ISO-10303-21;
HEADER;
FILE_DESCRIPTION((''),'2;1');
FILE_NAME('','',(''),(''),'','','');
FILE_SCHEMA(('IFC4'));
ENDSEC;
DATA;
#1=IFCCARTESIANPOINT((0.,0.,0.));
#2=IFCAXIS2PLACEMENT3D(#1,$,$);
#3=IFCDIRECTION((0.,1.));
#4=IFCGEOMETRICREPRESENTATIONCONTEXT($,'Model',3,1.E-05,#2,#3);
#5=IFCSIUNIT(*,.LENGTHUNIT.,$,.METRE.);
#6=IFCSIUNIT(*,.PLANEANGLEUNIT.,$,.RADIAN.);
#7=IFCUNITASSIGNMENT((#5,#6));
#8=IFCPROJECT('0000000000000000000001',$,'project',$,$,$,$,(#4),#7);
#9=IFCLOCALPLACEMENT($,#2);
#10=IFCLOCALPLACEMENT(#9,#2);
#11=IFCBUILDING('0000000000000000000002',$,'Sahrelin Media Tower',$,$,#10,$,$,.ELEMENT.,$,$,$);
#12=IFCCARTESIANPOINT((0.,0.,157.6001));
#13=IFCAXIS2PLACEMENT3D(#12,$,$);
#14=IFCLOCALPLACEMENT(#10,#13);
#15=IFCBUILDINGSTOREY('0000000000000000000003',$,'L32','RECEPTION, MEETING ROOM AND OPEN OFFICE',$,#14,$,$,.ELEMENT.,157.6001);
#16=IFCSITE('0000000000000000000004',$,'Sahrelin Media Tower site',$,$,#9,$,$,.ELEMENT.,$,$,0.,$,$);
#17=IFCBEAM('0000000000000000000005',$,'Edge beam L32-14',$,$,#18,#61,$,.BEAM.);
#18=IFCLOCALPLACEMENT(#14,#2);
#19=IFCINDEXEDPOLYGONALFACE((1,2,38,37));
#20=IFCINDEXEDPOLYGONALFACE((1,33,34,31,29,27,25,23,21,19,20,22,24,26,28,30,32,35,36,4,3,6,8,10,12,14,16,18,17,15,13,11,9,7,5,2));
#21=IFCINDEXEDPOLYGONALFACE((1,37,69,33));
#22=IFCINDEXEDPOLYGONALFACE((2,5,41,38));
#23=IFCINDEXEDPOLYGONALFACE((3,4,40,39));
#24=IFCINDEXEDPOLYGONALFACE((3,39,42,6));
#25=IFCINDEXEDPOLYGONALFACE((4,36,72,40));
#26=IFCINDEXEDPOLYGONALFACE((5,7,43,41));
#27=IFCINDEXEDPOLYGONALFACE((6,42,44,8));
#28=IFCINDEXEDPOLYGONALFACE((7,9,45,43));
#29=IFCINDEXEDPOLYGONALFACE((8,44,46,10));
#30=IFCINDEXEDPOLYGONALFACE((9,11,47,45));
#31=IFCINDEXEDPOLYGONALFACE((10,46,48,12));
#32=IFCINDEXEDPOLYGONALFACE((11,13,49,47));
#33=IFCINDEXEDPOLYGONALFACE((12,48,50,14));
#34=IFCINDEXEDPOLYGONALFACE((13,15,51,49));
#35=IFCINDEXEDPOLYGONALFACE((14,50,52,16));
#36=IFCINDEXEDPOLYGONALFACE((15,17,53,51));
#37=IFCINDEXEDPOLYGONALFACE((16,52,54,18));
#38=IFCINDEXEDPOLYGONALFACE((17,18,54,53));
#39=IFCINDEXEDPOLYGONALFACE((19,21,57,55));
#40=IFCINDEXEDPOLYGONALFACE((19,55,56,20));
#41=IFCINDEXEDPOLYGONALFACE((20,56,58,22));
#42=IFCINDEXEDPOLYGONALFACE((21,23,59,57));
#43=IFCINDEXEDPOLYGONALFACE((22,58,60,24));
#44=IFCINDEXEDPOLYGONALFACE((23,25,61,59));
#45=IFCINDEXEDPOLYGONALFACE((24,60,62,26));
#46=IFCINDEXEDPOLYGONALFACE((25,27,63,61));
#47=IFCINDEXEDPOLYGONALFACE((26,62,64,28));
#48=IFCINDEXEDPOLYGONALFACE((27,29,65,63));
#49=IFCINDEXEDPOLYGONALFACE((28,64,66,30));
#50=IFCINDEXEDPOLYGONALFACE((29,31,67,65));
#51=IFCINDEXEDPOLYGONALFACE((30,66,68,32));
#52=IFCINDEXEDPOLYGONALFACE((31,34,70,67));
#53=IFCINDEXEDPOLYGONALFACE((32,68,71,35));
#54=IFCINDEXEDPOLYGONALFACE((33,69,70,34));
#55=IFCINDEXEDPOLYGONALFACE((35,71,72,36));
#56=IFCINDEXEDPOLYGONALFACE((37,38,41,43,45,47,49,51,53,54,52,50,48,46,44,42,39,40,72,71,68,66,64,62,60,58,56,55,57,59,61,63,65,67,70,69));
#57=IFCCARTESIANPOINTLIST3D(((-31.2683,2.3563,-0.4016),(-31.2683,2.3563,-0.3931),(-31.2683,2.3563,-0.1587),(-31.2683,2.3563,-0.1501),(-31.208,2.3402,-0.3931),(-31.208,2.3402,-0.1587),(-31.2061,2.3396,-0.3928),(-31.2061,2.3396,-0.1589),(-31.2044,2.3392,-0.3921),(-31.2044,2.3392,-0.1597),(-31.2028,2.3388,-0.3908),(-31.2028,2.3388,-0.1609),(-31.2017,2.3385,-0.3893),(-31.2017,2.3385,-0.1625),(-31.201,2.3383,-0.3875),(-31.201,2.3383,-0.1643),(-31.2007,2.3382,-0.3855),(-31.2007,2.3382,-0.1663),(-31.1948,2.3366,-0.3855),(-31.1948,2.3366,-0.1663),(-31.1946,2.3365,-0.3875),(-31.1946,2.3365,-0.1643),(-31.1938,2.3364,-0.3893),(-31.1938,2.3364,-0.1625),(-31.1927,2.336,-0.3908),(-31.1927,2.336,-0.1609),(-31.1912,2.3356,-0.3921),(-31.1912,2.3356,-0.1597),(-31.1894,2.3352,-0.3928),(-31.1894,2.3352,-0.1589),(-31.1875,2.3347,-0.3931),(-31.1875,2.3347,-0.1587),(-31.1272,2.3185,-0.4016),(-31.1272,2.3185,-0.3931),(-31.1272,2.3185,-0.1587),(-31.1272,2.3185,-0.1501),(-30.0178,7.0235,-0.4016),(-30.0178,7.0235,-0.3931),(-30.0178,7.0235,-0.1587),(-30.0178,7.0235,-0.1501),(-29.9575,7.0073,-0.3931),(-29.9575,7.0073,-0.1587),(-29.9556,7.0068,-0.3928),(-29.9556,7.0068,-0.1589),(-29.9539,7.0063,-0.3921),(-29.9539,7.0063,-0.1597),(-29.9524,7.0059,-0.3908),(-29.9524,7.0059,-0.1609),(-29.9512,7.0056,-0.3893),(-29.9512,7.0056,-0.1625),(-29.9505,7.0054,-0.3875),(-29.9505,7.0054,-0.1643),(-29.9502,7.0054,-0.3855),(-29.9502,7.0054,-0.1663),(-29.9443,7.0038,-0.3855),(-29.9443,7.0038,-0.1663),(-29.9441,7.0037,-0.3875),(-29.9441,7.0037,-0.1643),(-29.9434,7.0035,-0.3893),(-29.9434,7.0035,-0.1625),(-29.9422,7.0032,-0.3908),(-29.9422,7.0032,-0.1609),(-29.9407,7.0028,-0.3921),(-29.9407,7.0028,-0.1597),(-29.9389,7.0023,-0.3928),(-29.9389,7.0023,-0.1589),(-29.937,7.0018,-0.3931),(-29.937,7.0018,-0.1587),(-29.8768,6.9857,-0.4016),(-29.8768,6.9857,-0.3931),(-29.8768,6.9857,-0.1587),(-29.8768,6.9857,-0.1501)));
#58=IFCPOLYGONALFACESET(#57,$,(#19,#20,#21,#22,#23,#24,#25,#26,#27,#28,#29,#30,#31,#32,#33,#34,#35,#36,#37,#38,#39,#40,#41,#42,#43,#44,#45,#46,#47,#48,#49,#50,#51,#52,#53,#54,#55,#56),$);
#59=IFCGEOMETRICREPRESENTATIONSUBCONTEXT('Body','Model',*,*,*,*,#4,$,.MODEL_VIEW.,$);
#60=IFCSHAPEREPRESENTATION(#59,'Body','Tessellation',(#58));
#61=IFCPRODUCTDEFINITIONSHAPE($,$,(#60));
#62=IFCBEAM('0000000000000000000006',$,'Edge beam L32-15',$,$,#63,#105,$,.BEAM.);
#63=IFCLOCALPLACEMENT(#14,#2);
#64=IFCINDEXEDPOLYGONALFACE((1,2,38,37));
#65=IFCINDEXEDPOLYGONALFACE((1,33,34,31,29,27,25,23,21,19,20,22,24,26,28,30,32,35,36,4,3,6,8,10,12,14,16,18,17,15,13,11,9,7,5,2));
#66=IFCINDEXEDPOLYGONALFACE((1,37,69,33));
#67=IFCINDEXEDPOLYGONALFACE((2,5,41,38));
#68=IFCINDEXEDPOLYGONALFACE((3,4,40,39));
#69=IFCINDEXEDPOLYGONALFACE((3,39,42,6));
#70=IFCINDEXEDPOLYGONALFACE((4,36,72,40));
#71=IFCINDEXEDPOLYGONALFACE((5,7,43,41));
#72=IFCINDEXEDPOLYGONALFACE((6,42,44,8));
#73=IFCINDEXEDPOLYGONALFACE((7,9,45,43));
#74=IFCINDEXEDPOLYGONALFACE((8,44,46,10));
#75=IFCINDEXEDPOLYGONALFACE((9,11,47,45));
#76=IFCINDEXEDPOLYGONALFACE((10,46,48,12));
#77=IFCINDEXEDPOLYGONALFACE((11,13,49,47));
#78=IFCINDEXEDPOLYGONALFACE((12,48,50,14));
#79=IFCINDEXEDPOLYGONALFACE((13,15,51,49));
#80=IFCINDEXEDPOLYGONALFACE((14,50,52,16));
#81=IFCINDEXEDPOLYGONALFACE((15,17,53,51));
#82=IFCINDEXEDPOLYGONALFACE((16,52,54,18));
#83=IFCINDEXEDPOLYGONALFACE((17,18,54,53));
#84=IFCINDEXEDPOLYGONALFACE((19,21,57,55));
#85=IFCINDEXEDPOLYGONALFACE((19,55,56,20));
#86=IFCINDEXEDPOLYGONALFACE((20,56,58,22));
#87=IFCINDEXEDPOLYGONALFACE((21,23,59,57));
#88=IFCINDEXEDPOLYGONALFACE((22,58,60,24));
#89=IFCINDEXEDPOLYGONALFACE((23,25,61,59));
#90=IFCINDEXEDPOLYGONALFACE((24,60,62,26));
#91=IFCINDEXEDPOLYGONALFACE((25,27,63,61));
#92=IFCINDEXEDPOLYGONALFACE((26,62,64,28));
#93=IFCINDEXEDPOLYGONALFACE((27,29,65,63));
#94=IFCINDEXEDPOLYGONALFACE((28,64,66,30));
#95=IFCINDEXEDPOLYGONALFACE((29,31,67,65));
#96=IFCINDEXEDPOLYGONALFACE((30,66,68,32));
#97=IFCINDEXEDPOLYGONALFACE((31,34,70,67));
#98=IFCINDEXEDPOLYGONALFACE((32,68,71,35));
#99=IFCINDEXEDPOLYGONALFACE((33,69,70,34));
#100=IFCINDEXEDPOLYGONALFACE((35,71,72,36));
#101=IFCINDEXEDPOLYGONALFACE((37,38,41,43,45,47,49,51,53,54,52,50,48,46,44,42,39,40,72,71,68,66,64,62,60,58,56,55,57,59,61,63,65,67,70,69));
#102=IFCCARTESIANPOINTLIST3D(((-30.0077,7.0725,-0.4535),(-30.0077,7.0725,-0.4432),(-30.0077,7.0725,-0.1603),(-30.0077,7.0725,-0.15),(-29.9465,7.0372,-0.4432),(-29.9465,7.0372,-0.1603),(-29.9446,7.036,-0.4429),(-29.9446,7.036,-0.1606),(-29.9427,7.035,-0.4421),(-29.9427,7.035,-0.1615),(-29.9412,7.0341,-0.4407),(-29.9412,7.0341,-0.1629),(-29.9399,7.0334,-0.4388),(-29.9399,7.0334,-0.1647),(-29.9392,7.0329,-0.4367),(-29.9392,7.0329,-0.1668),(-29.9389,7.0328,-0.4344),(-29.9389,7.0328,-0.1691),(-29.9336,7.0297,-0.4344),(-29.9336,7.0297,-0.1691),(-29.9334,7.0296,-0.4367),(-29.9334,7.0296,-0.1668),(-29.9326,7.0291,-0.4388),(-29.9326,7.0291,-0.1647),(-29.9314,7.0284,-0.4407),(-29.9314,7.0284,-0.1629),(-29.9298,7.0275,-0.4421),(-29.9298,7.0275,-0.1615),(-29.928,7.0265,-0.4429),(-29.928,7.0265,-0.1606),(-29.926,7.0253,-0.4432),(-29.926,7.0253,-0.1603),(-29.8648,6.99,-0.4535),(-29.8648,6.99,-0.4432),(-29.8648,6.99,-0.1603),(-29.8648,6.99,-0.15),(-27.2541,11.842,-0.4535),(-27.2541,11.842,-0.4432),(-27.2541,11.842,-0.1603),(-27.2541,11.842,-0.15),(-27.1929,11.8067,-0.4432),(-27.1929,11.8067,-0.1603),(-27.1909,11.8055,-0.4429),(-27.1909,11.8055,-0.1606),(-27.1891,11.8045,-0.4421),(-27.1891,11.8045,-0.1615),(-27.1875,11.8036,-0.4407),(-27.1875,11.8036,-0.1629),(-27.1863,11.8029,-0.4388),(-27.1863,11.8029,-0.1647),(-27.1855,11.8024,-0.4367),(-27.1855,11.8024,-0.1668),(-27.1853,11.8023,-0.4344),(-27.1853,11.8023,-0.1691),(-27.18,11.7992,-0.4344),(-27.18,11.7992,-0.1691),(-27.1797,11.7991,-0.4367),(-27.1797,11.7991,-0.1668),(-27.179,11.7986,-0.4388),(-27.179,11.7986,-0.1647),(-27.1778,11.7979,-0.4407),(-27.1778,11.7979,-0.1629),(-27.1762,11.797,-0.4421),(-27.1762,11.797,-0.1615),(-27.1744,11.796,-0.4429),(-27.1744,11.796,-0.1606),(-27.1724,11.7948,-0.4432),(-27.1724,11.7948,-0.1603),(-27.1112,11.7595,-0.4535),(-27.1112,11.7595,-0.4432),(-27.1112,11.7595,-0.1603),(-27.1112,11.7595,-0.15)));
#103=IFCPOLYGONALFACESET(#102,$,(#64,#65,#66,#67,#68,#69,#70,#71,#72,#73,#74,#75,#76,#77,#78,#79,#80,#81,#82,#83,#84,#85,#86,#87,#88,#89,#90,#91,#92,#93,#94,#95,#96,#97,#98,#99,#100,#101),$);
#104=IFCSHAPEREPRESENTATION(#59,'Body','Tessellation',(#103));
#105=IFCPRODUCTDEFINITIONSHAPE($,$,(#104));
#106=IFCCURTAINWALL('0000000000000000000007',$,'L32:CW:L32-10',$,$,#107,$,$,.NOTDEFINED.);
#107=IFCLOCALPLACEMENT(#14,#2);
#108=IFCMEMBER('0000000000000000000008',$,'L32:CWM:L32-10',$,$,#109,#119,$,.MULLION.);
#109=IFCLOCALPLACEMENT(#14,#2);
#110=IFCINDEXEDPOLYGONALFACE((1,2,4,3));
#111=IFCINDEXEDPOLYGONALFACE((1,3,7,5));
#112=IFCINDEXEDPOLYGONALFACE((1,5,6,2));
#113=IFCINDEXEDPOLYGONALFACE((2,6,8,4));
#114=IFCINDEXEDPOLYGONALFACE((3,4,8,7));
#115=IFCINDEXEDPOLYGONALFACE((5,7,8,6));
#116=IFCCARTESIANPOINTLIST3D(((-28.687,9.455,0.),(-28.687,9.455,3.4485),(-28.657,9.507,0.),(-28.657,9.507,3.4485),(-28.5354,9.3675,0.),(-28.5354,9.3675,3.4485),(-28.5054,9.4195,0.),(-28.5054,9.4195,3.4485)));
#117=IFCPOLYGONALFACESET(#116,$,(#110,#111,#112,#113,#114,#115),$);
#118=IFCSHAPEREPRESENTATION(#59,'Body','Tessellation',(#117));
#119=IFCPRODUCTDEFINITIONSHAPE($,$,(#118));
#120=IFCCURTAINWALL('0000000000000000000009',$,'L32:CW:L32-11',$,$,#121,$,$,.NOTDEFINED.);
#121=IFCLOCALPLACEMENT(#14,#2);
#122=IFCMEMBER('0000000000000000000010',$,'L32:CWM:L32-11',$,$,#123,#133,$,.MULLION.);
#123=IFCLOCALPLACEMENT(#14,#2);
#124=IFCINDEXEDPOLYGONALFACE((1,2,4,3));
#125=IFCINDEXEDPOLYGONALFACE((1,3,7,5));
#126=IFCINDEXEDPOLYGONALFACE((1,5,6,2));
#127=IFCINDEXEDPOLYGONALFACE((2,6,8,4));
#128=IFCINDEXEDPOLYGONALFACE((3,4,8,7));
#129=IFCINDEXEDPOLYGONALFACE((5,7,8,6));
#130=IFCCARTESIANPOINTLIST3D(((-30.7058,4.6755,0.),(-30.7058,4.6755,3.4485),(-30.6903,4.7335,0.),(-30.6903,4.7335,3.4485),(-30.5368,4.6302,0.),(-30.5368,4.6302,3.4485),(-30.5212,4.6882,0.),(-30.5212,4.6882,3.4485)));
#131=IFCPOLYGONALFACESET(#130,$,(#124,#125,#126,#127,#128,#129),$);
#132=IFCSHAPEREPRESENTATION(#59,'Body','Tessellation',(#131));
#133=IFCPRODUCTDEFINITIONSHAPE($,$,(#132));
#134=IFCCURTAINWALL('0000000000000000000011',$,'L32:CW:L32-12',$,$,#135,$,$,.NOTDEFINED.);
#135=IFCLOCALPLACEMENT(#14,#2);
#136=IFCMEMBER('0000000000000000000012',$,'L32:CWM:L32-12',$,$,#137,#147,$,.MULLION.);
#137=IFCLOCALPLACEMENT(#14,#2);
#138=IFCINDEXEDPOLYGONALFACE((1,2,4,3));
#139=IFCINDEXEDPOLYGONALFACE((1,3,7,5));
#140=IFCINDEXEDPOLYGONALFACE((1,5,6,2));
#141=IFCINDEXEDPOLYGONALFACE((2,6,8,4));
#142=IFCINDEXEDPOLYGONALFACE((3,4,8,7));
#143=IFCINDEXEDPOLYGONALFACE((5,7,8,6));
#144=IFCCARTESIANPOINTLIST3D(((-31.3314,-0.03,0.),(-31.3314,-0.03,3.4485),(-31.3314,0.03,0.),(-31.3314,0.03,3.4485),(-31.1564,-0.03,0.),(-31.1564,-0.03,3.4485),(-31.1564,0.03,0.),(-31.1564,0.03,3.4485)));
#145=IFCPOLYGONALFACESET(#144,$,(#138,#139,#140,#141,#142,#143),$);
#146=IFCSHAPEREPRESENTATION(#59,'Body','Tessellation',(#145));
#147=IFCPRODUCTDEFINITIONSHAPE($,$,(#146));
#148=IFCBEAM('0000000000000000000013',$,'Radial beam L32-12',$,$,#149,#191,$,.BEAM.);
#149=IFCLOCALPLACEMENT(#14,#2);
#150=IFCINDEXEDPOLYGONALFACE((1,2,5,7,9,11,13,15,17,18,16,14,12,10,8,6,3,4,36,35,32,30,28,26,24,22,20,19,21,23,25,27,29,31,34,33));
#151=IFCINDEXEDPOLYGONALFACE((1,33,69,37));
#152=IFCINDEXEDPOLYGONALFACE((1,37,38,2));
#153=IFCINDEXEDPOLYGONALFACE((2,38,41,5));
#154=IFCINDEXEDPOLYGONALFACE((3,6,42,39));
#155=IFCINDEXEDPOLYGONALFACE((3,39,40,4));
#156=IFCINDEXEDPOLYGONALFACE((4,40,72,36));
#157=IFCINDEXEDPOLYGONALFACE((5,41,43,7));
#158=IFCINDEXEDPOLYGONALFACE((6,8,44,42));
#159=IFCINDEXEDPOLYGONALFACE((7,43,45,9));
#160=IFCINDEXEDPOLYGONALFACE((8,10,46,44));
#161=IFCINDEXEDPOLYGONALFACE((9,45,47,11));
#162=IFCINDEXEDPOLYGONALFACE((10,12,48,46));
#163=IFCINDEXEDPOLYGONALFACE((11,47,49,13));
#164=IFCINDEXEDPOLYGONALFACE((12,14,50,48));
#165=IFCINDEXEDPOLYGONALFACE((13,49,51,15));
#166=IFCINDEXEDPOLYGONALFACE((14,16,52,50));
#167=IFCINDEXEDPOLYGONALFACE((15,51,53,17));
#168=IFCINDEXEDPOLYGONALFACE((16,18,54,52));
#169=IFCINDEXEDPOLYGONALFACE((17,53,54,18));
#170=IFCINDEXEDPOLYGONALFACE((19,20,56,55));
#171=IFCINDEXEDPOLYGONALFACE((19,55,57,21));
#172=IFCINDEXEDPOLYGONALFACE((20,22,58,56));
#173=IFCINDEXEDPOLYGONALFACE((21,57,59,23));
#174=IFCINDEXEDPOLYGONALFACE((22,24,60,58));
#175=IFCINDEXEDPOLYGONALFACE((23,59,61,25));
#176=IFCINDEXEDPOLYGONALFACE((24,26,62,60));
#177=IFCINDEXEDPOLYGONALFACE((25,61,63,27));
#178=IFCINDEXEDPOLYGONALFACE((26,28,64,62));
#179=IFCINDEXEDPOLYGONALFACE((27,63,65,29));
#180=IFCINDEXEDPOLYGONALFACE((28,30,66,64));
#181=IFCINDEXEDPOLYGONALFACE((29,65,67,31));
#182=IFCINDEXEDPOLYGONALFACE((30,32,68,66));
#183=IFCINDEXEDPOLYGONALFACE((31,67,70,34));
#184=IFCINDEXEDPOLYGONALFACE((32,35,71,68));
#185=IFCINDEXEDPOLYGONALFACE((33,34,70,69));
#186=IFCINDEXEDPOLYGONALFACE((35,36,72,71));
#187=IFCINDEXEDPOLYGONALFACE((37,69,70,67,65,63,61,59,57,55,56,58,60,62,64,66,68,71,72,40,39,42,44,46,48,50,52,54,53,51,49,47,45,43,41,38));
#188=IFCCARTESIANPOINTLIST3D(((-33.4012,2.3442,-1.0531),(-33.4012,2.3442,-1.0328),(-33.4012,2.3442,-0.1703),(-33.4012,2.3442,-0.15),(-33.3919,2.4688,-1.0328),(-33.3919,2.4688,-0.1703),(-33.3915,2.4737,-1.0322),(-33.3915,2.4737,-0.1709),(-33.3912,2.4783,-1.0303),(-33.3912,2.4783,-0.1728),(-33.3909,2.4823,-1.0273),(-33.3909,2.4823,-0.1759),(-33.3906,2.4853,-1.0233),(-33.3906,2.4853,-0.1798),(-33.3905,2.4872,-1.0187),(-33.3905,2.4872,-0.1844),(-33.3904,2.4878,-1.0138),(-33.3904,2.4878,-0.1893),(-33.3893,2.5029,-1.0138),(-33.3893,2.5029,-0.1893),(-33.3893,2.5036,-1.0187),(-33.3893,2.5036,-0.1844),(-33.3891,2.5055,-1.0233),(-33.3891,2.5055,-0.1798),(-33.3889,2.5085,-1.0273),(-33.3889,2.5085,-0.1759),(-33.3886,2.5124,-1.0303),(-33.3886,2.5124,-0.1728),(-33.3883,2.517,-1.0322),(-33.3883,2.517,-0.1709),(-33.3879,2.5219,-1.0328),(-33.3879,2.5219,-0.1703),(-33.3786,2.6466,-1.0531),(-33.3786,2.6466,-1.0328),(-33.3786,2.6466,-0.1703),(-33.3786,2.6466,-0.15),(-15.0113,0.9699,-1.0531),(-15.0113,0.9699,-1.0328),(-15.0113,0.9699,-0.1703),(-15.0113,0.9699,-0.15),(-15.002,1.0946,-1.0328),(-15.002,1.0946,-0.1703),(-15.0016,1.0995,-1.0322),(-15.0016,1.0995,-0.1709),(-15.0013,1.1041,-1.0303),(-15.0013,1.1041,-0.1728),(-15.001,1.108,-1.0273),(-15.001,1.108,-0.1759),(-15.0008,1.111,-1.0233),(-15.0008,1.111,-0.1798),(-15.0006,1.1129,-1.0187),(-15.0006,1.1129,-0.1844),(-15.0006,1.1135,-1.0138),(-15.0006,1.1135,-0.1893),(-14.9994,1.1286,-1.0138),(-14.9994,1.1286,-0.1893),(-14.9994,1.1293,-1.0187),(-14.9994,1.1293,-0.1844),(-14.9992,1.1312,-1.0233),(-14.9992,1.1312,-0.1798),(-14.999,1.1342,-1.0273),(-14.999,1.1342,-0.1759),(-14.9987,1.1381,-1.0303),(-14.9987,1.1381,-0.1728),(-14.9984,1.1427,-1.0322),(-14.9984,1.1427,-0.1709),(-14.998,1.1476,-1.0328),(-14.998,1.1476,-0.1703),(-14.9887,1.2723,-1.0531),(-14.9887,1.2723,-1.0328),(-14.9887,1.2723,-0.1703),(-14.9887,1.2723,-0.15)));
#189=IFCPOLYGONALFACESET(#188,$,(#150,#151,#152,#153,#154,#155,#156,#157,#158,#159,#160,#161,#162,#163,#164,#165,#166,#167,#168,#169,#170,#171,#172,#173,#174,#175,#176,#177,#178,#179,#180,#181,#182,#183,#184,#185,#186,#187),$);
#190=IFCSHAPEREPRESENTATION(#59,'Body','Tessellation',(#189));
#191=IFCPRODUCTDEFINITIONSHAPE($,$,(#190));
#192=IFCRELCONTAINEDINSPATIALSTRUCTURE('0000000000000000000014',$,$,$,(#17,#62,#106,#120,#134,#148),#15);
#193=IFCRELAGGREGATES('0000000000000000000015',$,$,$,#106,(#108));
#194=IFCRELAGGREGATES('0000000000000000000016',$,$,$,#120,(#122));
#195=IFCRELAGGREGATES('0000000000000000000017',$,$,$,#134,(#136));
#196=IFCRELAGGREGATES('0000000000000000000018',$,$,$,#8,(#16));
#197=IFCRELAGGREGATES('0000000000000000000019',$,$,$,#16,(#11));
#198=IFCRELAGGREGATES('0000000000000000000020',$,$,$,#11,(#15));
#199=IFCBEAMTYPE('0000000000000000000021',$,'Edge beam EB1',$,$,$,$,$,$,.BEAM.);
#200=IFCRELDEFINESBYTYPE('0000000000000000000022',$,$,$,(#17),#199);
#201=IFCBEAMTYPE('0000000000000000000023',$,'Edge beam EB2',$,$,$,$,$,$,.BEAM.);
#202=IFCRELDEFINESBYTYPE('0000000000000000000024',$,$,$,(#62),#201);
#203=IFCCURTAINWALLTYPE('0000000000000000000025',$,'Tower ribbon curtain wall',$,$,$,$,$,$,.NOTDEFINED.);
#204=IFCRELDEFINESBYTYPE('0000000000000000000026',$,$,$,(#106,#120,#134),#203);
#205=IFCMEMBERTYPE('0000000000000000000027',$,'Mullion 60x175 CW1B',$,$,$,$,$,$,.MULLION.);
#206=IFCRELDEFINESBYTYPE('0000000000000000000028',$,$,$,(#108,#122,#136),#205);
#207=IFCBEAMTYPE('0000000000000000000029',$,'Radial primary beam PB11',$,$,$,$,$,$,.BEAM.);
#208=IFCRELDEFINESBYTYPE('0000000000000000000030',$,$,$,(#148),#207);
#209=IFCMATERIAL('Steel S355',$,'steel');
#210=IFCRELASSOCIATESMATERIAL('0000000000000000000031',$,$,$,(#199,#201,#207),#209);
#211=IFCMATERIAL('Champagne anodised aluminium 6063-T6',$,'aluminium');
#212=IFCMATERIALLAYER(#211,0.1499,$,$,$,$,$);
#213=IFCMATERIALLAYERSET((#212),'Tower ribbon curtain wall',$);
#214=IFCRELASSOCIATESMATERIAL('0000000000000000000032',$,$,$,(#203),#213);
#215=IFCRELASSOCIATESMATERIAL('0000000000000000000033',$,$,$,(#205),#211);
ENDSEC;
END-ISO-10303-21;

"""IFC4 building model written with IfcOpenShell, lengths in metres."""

from ifc_helpers import new_model, si_unit, direction, frame, origin, origin_2d, place, context, subcontext, project, spatial, rectangle, i_section, extrude, material, layer, layer_set, material_profile, profile_set, type_object, element, aggregate, save


model = new_model("IFC4")

# Units and contexts
model_context = context("Model", 3, precision=1e-05, world=origin(), true_north=direction((0.0, 1.0)))
body_context = subcontext(model_context, "Body", "Model", "MODEL_VIEW")
ifc_project = project(units=[si_unit("LENGTHUNIT", "METRE"), si_unit("PLANEANGLEUNIT", "RADIAN")], contexts=[model_context])

# Site, building, storey
site_placement = place(None, origin())
site = spatial("IfcSite", under=ifc_project, at=site_placement, Name="Sahrelin Media Tower site", CompositionType="ELEMENT", RefElevation=0.0)
building_placement = place(site_placement, origin())
building = spatial("IfcBuilding", under=site, at=building_placement, Name="Sahrelin Media Tower", CompositionType="ELEMENT")
storey_placement = place(building_placement, frame((0.0, 0.0, 157.6001)))
storey = spatial("IfcBuildingStorey", under=building, at=storey_placement, Name="L32", Description="RECEPTION, MEETING ROOM AND OPEN OFFICE", CompositionType="ELEMENT", Elevation=157.6001)

# Beams
ifc_material_1 = material(Name="Steel S355", Category="steel")
ifc_material_profile_1 = material_profile(ifc_material_1, i_section(OverallWidth=0.146, OverallDepth=0.2515, WebThickness=0.0061, FlangeThickness=0.0085, FilletRadius=0.0076, at=origin_2d()), Name="UB 254x146x31")
ifc_profile_set_1 = profile_set([ifc_material_profile_1], Name="Steel S355")
beam_type_1 = type_object("IfcBeamType", Name="Edge beam EB1", PredefinedType="BEAM", material=ifc_profile_set_1)
beam_1_placement = place(storey_placement, frame((-31.1978, 2.3374, -0.2759), z_axis=(0.258801, 0.965931, 0.0), x_axis=(-0.965931, 0.258801, 0.0)))
element("IfcBeam", 1, at=beam_1_placement, inside=storey, type_object=beam_type_1, Name="Edge beam L32-14", PredefinedType="BEAM", context=body_context, shape_type="SweptSolid", body=[
    extrude(i_section(OverallWidth=0.146, OverallDepth=0.2515, WebThickness=0.0061, FlangeThickness=0.0085, FilletRadius=0.0076, at=origin_2d()), origin(), (0.0, 0.0, 1.0), 4.8318),
])
ifc_material_profile_2 = material_profile(ifc_material_1, i_section(OverallWidth=0.165, OverallDepth=0.3035, WebThickness=0.0061, FlangeThickness=0.0103, FilletRadius=0.0088, at=origin_2d()), Name="UB 305x165x40")
ifc_profile_set_2 = profile_set([ifc_material_profile_2], Name="Steel S355")
beam_type_2 = type_object("IfcBeamType", Name="Edge beam EB2", PredefinedType="BEAM", material=ifc_profile_set_2)
beam_2_placement = place(storey_placement, frame((-29.9363, 7.0312, -0.3018), z_axis=(0.499996, 0.866028, 0.0), x_axis=(-0.866028, 0.499996, 0.0)))
element("IfcBeam", 2, at=beam_2_placement, inside=storey, type_object=beam_type_2, Name="Edge beam L32-15", PredefinedType="BEAM", context=body_context, shape_type="SweptSolid", body=[
    extrude(i_section(OverallWidth=0.165, OverallDepth=0.3035, WebThickness=0.0061, FlangeThickness=0.0103, FilletRadius=0.0088, at=origin_2d()), origin(), (0.0, 0.0, 1.0), 5.5073),
])

# Curtain walls, members
ifc_material_2 = material(Name="Champagne anodised aluminium 6063-T6", Category="aluminium")
ifc_layer_1 = layer(ifc_material_2, 0.1499)
ifc_layer_set_1 = layer_set([ifc_layer_1], Name="Tower ribbon curtain wall")
curtain_wall_type = type_object("IfcCurtainWallType", Name="Tower ribbon curtain wall", PredefinedType="NOTDEFINED", material=ifc_layer_set_1)
curtain_wall_1_placement = place(storey_placement, frame((-28.6892, 9.491, 0.0), z_axis=(0.0, 0.0, 1.0), x_axis=(1.0, 0.0, 0.0)))
curtain_wall_1 = element("IfcCurtainWall", 3, at=curtain_wall_1_placement, inside=storey, type_object=curtain_wall_type, Name="L32:CW:L32-10", PredefinedType="NOTDEFINED")
ifc_material_profile_3 = material_profile(ifc_material_2, rectangle(XDim=0.0601, YDim=0.175, at=origin_2d()), Name="Mullion 60x175")
ifc_profile_set_3 = profile_set([ifc_material_profile_3], Name="Champagne anodised aluminium 6063-T6")
member_type_1 = type_object("IfcMemberType", Name="Mullion 60x175 CW1B", PredefinedType="MULLION", material=ifc_profile_set_3)
member_1_placement = place(storey_placement, frame((-28.5962, 9.4373, 0.0), z_axis=(0.0, 0.0, 1.0), x_axis=(-0.499998, -0.866026, 0.0)))
member_1 = element("IfcMember", 4, at=member_1_placement, type_object=member_type_1, Name="L32:CWM:L32-10", PredefinedType="MULLION", context=body_context, shape_type="SweptSolid", body=[
    extrude(rectangle(XDim=0.0601, YDim=0.175, at=origin_2d()), origin(), (0.0, 0.0, 1.0), 3.4485),
])
aggregate(curtain_wall_1, [member_1])
curtain_wall_2_placement = place(storey_placement, frame((-30.7173, 4.7097, 0.0), z_axis=(0.0, 0.0, 1.0), x_axis=(1.0, 0.0, 0.0)))
curtain_wall_2 = element("IfcCurtainWall", 5, at=curtain_wall_2_placement, inside=storey, type_object=curtain_wall_type, Name="L32:CW:L32-11", PredefinedType="NOTDEFINED")
member_2_placement = place(storey_placement, frame((-30.6135, 4.6819, 0.0), z_axis=(0.0, 0.0, 1.0), x_axis=(-0.258807, -0.965929, 0.0)))
member_2 = element("IfcMember", 6, at=member_2_placement, type_object=member_type_1, Name="L32:CWM:L32-11", PredefinedType="MULLION", context=body_context, shape_type="SweptSolid", body=[
    extrude(rectangle(XDim=0.0601, YDim=0.175, at=origin_2d()), origin(), (0.0, 0.0, 1.0), 3.4485),
])
curtain_wall_3_placement = place(storey_placement, frame((-31.3516, 0.0, 0.0), z_axis=(0.0, 0.0, 1.0), x_axis=(1.0, 0.0, 0.0)))
curtain_wall_3 = element("IfcCurtainWall", 7, at=curtain_wall_3_placement, inside=storey, type_object=curtain_wall_type, Name="L32:CW:L32-12", PredefinedType="NOTDEFINED")
member_3_placement = place(storey_placement, frame((-31.2439, 0.0, 0.0), z_axis=(0.0, 0.0, 1.0), x_axis=(0.0, -1.0, 0.0)))
member_3 = element("IfcMember", 8, at=member_3_placement, type_object=member_type_1, Name="L32:CWM:L32-12", PredefinedType="MULLION", context=body_context, shape_type="SweptSolid", body=[
    extrude(rectangle(XDim=0.0601, YDim=0.175, at=origin_2d()), origin(), (0.0, 0.0, 1.0), 3.4485),
])

# Beam
ifc_material_profile_4 = material_profile(ifc_material_1, i_section(OverallWidth=0.3032, OverallDepth=0.9031, WebThickness=0.0151, FlangeThickness=0.0203, FilletRadius=0.019, at=origin_2d()), Name="UB 914x305x201")
ifc_profile_set_4 = profile_set([ifc_material_profile_4], Name="Steel S355")
beam_type_3 = type_object("IfcBeamType", Name="Radial primary beam PB11", PredefinedType="BEAM", material=ifc_profile_set_4)
beam_3_placement = place(storey_placement, frame((-15.0, 1.1211, -0.6016), z_axis=(-0.997219, 0.074522, 0.0), x_axis=(-0.074522, -0.997219, 0.0)))
element("IfcBeam", 9, at=beam_3_placement, inside=storey, type_object=beam_type_3, Name="Radial beam L32-12", PredefinedType="BEAM", context=body_context, shape_type="SweptSolid", body=[
    extrude(i_section(OverallWidth=0.3032, OverallDepth=0.9031, WebThickness=0.0151, FlangeThickness=0.0203, FilletRadius=0.019, at=origin_2d()), origin(), (0.0, 0.0, 1.0), 18.4412),
])

aggregate(curtain_wall_2, [member_2])
aggregate(curtain_wall_3, [member_3])

save(model, "model.ifc")
